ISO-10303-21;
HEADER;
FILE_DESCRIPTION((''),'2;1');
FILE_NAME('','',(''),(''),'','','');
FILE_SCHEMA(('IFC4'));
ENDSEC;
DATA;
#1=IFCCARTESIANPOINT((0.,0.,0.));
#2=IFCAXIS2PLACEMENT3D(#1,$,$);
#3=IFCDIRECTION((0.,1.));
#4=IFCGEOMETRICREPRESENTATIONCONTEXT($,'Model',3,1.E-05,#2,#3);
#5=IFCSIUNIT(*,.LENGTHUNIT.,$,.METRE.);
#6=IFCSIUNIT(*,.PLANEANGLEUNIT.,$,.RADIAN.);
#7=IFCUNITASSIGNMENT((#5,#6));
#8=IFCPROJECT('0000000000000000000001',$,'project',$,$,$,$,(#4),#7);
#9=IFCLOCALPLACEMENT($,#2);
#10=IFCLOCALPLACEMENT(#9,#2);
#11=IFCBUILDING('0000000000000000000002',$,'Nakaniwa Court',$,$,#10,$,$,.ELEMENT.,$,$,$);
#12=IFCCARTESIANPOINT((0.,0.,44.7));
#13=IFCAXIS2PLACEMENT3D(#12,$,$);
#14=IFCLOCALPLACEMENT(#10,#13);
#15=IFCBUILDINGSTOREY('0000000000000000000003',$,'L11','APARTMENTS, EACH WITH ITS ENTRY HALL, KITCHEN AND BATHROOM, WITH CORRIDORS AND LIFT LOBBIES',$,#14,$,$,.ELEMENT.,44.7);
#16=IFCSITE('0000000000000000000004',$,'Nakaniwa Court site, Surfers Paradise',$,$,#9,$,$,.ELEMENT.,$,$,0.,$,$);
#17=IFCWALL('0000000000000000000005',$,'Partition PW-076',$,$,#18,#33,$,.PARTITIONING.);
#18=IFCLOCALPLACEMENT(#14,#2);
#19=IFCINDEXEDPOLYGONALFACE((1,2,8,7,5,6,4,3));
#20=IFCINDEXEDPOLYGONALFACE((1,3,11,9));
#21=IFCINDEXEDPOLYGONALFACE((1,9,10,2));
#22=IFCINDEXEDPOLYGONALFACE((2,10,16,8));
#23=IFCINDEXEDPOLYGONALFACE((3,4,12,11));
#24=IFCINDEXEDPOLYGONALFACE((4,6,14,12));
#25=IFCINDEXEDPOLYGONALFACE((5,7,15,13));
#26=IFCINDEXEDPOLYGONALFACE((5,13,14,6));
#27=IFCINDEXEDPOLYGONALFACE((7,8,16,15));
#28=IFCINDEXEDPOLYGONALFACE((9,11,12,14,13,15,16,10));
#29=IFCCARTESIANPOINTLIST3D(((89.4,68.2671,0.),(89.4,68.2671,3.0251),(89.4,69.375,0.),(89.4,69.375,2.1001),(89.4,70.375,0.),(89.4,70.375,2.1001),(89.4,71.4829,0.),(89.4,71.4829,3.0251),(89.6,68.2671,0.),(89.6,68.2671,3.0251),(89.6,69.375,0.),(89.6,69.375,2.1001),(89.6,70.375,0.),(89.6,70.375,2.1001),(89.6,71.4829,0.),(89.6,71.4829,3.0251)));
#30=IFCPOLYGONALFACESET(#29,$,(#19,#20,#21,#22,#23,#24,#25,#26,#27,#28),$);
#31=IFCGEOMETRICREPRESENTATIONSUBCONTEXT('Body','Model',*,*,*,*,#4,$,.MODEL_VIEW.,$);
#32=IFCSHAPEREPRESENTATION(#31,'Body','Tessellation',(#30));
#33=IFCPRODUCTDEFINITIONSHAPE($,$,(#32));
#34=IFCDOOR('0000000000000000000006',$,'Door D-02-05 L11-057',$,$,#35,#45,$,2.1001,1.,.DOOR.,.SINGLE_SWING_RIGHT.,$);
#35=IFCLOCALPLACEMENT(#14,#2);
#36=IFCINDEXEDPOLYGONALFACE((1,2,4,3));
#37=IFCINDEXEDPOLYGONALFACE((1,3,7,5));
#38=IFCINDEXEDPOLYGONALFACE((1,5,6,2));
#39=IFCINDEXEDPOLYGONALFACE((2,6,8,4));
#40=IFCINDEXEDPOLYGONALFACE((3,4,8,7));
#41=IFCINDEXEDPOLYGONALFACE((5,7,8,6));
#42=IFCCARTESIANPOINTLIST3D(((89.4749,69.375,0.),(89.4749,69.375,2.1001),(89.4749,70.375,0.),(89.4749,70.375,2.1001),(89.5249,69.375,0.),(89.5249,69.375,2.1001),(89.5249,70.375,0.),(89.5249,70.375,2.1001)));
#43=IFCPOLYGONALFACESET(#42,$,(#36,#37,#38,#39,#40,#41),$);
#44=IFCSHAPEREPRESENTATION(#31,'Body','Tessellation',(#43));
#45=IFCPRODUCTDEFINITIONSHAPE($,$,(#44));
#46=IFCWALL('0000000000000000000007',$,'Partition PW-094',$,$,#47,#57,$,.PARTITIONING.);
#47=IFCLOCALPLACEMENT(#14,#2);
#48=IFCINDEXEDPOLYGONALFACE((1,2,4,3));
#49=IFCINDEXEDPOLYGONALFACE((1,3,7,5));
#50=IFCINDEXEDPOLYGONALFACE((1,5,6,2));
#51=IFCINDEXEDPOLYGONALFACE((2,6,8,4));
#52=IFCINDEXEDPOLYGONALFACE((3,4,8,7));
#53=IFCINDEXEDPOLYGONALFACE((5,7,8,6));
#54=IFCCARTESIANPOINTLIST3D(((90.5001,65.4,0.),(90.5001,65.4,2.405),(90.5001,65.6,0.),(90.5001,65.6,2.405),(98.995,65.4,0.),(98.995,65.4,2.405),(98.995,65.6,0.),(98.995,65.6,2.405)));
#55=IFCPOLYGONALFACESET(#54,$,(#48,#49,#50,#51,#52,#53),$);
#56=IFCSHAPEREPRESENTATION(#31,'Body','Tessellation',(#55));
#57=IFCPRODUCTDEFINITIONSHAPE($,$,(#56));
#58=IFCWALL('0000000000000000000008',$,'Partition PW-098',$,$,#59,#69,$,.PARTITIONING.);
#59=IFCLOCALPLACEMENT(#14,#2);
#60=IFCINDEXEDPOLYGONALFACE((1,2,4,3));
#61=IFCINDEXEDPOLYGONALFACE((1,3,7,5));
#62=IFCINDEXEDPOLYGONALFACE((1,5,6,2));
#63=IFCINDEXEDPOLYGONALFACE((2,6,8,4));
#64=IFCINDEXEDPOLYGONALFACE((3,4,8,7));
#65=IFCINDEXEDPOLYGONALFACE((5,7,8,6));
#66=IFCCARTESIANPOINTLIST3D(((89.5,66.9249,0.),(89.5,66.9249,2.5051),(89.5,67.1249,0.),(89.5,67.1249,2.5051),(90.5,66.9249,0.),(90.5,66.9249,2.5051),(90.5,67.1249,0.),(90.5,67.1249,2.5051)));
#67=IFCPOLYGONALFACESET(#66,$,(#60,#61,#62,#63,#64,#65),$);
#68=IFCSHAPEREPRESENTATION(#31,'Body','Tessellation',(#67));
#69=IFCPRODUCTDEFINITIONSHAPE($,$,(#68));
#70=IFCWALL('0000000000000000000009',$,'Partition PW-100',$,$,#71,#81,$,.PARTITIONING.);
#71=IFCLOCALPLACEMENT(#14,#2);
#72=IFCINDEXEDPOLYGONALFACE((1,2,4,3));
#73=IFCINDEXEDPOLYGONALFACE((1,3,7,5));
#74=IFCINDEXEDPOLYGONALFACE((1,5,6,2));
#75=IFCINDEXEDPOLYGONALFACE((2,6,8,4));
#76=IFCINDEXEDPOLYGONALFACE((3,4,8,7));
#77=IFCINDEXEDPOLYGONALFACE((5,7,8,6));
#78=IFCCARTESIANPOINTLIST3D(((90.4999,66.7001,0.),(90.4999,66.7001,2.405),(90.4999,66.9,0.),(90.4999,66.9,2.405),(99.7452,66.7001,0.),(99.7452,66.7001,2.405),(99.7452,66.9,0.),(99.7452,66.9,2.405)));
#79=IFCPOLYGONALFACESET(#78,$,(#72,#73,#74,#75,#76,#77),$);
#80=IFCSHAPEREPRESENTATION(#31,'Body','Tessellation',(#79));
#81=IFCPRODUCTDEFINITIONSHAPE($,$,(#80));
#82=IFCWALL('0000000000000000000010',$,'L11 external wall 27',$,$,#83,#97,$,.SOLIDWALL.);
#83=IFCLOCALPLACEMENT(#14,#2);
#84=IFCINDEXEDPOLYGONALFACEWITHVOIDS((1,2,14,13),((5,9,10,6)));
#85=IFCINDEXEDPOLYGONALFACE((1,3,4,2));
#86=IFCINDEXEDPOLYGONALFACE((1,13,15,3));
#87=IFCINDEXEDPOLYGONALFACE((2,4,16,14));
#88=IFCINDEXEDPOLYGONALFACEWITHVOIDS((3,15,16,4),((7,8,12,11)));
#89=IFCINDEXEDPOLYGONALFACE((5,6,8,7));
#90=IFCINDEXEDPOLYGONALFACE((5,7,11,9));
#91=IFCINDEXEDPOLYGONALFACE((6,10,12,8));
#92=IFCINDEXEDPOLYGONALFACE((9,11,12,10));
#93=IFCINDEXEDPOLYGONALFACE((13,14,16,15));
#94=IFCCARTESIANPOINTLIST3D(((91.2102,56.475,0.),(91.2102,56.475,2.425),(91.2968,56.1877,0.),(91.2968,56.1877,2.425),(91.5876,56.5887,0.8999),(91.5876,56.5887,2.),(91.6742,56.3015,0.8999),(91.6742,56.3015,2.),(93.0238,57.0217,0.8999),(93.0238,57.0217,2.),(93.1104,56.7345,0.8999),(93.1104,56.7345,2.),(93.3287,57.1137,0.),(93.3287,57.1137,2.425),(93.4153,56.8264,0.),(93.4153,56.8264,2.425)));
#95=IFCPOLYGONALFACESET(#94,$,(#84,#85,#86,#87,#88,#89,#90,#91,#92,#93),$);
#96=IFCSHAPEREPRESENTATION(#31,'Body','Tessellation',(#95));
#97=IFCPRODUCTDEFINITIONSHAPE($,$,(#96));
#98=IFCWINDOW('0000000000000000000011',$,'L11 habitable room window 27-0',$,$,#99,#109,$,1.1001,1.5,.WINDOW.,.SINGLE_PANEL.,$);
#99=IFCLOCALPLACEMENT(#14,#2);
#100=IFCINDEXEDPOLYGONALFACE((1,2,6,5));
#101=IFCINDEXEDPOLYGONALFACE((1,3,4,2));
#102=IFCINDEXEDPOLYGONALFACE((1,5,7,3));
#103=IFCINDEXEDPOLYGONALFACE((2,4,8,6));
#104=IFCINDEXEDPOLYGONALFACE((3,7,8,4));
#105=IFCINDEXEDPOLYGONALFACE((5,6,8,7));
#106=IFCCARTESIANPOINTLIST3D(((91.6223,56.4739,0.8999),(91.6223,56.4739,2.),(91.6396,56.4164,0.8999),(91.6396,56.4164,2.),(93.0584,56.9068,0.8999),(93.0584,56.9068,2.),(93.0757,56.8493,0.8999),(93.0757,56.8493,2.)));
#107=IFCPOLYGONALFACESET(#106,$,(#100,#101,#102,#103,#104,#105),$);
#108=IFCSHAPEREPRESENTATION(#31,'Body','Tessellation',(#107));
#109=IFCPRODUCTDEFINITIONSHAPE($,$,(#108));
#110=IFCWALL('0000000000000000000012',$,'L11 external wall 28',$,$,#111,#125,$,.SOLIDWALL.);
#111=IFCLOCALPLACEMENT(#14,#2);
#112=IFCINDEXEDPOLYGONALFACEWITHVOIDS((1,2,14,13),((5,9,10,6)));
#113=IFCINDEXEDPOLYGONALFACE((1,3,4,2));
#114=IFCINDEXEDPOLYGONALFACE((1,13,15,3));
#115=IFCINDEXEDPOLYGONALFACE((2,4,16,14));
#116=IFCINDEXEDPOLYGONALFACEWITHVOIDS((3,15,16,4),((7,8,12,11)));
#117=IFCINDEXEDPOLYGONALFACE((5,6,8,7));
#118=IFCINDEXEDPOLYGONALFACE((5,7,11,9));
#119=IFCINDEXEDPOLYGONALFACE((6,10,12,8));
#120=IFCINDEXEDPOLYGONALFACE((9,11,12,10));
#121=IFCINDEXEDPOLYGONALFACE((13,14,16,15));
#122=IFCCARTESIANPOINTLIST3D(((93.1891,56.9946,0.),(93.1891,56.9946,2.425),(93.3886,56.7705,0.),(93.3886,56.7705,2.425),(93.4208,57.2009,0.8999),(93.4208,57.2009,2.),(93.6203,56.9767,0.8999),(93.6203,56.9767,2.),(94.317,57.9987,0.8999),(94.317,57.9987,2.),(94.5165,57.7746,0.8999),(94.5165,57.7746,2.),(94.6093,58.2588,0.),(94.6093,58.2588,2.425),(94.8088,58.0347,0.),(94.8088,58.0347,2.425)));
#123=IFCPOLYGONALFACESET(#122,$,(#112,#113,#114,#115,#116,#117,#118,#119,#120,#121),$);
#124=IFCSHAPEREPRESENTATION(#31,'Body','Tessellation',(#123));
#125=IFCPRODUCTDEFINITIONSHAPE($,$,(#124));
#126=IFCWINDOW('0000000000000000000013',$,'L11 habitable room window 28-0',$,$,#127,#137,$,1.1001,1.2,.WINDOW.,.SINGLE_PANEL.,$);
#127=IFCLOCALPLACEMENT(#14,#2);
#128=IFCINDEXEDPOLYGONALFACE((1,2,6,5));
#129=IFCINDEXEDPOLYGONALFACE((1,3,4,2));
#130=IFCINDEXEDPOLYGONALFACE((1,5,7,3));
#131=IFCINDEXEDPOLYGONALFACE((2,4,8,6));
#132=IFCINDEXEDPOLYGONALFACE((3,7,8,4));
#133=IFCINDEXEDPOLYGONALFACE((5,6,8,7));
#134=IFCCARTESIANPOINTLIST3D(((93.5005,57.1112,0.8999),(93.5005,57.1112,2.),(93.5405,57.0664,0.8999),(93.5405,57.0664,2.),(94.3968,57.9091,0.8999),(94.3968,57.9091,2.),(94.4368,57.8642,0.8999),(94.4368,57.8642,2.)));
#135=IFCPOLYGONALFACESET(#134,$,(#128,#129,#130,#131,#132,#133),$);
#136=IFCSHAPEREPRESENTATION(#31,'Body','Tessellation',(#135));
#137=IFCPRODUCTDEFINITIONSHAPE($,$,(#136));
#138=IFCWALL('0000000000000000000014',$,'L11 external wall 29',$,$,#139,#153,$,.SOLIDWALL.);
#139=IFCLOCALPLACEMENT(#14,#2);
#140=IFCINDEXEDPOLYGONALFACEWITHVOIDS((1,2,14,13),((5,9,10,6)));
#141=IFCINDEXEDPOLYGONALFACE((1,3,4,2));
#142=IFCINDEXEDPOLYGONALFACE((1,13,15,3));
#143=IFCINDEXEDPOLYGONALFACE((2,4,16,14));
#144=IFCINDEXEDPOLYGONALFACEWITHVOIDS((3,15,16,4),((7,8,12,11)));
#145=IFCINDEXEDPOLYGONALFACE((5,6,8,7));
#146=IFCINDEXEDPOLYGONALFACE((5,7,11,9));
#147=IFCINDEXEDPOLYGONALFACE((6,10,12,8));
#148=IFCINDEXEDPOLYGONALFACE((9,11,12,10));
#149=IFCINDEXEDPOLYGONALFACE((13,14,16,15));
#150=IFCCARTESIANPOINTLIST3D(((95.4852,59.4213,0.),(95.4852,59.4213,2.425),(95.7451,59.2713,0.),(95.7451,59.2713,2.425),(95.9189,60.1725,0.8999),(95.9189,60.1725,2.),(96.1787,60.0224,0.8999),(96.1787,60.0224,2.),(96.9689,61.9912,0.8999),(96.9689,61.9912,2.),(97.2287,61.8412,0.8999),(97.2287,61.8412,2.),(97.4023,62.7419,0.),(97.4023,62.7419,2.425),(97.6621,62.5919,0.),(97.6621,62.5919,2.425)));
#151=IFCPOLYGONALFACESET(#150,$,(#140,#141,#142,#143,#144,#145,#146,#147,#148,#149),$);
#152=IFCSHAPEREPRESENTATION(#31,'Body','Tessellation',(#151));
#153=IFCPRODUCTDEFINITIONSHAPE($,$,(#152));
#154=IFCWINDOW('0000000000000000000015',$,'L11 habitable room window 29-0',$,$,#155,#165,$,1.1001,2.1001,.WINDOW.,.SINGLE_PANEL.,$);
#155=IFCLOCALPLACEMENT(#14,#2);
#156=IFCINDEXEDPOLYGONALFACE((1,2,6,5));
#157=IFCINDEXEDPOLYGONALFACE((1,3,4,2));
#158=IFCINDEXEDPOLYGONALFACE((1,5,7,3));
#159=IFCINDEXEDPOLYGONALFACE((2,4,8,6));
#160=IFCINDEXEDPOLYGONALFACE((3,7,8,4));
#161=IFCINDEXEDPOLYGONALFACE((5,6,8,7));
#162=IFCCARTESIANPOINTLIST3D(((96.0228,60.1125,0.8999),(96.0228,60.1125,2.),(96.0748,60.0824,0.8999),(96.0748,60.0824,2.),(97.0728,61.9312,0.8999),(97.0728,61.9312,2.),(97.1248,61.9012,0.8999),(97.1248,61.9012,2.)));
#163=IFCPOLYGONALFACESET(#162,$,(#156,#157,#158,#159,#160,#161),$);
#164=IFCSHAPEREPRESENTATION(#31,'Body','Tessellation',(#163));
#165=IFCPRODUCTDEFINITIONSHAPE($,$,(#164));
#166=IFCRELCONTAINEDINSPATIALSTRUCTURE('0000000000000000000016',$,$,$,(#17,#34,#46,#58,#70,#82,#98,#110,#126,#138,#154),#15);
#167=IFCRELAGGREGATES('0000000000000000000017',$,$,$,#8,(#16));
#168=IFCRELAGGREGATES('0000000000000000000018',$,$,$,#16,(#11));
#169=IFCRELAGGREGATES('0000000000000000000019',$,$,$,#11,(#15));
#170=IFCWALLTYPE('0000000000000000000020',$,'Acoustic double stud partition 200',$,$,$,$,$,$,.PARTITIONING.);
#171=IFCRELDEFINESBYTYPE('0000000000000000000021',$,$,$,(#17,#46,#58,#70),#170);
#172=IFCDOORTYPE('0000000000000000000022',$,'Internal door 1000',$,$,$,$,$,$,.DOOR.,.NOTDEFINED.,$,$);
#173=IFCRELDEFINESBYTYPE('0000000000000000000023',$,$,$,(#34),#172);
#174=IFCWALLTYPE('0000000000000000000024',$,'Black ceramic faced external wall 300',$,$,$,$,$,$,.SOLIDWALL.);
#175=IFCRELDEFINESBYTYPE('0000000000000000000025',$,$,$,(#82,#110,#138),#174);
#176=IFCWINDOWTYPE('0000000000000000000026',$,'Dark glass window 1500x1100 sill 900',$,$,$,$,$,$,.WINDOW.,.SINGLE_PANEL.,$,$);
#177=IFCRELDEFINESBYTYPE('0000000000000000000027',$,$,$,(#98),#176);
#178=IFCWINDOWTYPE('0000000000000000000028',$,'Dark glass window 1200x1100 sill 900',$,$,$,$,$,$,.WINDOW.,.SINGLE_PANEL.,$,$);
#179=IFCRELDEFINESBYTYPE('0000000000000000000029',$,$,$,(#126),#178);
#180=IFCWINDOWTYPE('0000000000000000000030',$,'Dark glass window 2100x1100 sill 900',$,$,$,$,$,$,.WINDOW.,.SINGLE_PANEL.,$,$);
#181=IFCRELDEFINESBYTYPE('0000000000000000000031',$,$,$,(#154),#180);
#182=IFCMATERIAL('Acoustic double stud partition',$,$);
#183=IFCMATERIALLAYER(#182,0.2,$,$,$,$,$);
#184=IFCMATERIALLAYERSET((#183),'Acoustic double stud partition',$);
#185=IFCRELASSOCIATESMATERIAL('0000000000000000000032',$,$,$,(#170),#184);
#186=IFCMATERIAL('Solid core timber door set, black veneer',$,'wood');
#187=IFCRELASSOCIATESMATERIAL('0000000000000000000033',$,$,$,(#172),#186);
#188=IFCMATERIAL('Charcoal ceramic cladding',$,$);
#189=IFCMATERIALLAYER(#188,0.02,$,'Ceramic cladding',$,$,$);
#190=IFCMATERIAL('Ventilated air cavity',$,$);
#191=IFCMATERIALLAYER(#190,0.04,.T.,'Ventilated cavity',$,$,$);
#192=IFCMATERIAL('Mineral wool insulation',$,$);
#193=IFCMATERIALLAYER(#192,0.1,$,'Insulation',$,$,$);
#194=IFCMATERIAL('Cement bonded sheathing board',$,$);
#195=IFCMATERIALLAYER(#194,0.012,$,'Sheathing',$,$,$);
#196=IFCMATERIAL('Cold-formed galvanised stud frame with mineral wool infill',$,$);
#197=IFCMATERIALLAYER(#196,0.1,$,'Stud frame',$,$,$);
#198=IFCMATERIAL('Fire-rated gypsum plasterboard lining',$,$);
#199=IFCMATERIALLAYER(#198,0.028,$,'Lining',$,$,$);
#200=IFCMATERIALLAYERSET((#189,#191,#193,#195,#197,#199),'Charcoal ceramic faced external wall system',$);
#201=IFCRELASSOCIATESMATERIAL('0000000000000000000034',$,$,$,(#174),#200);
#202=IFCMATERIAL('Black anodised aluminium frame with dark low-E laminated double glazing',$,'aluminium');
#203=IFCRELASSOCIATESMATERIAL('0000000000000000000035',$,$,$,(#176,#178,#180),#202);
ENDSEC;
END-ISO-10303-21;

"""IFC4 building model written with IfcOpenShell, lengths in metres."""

from ifc_helpers import new_model, si_unit, direction, frame, frame_2d, origin, place, context, subcontext, project, spatial, rectangle, extrude, material, layer, layer_set, type_object, element, fill, save


model = new_model("IFC4")

# Units and contexts
model_context = context("Model", 3, precision=1e-05, world=origin(), true_north=direction((0.0, 1.0)))
body_context = subcontext(model_context, "Body", "Model", "MODEL_VIEW")
ifc_project = project(units=[si_unit("LENGTHUNIT", "METRE"), si_unit("PLANEANGLEUNIT", "RADIAN")], contexts=[model_context])

# Site, building, storey
site_placement = place(None, origin())
site = spatial("IfcSite", under=ifc_project, at=site_placement, Name="Nakaniwa Court site, Surfers Paradise", CompositionType="ELEMENT", RefElevation=0.0)
building_placement = place(site_placement, origin())
building = spatial("IfcBuilding", under=site, at=building_placement, Name="Nakaniwa Court", CompositionType="ELEMENT")
storey_placement = place(building_placement, frame((0.0, 0.0, 44.7)))
storey = spatial("IfcBuildingStorey", under=building, at=storey_placement, Name="L11", Description="APARTMENTS, EACH WITH ITS ENTRY HALL, KITCHEN AND BATHROOM, WITH CORRIDORS AND LIFT LOBBIES", CompositionType="ELEMENT", Elevation=44.7)

# Wall, opening, door
ifc_material_1 = material(Name="Acoustic double stud partition")
ifc_layer_1 = layer(ifc_material_1, 0.2)
ifc_layer_set_1 = layer_set([ifc_layer_1], Name="Acoustic double stud partition")
wall_type_1 = type_object("IfcWallType", Name="Acoustic double stud partition 200", PredefinedType="PARTITIONING", material=ifc_layer_set_1)
wall_1_placement = place(storey_placement, frame((89.5, 71.4829, 0.0), z_axis=(0.0, 0.0, 1.0), x_axis=(0.0, -1.0, 0.0)))
wall_1 = element("IfcWall", 1, at=wall_1_placement, inside=storey, type_object=wall_type_1, Name="Partition PW-076", PredefinedType="PARTITIONING", context=body_context, shape_type="SweptSolid", body=[
    extrude(rectangle(XDim=3.2158, YDim=0.2, at=frame_2d((1.6079, 0.0))), origin(), (0.0, 0.0, 1.0), 3.0251),
])
opening_1_placement = place(wall_1_placement, frame((1.1079, 0.0, 0.0)))
opening_1 = element("IfcOpeningElement", 2, at=opening_1_placement, cuts=wall_1, PredefinedType="OPENING", context=body_context, shape_type="SweptSolid", body=[
    extrude(rectangle(XDim=1.0, YDim=2.1001, at=frame_2d((0.5, 1.05))), frame((0.0, 0.1099, 0.0), z_axis=(0.0, -1.0, 0.0), x_axis=(1.0, 0.0, 0.0)), (0.0, 0.0, 1.0), 0.22),
])
ifc_material_2 = material(Name="Solid core timber door set, black veneer", Category="wood")
door_type = type_object("IfcDoorType", Name="Internal door 1000", OperationType="NOTDEFINED", PredefinedType="DOOR", material=ifc_material_2)
door_placement = place(opening_1_placement, origin())
door = element("IfcDoor", 3, at=door_placement, inside=storey, type_object=door_type, Name="Door D-02-05 L11-057", OperationType="SINGLE_SWING_RIGHT", OverallHeight=2.1001, OverallWidth=1.0, PredefinedType="DOOR", context=body_context, shape_type="SweptSolid", body=[
    extrude(rectangle(XDim=1.0, YDim=2.1001, at=frame_2d((0.5, 1.05))), frame((0.0, 0.0249, 0.0), z_axis=(0.0, -1.0, 0.0), x_axis=(1.0, 0.0, 0.0)), (0.0, 0.0, 1.0), 0.05),
])
fill(opening_1, door)

# Walls
wall_2_placement = place(storey_placement, frame((90.5, 65.5, 0.0), z_axis=(0.0, 0.0, 1.0), x_axis=(1.0, 0.0, 0.0)))
element("IfcWall", 4, at=wall_2_placement, inside=storey, type_object=wall_type_1, Name="Partition PW-094", PredefinedType="PARTITIONING", context=body_context, shape_type="SweptSolid", body=[
    extrude(rectangle(XDim=8.4949, YDim=0.2, at=frame_2d((4.2476, 0.0))), origin(), (0.0, 0.0, 1.0), 2.405),
])
wall_3_placement = place(storey_placement, frame((89.5, 67.0249, 0.0), z_axis=(0.0, 0.0, 1.0), x_axis=(1.0, 0.0, 0.0)))
element("IfcWall", 5, at=wall_3_placement, inside=storey, type_object=wall_type_1, Name="Partition PW-098", PredefinedType="PARTITIONING", context=body_context, shape_type="SweptSolid", body=[
    extrude(rectangle(XDim=1.0, YDim=0.2, at=frame_2d((0.5, 0.0))), origin(), (0.0, 0.0, 1.0), 2.5051),
])
wall_4_placement = place(storey_placement, frame((90.5, 66.8, 0.0), z_axis=(0.0, 0.0, 1.0), x_axis=(1.0, 0.0, 0.0)))
element("IfcWall", 6, at=wall_4_placement, inside=storey, type_object=wall_type_1, Name="Partition PW-100", PredefinedType="PARTITIONING", context=body_context, shape_type="SweptSolid", body=[
    extrude(rectangle(XDim=9.2454, YDim=0.2, at=frame_2d((4.6226, 0.0))), origin(), (0.0, 0.0, 1.0), 2.405),
])

# Walls, openings, windows
ifc_material_3 = material(Name="Charcoal ceramic cladding")
ifc_layer_2 = layer(ifc_material_3, 0.02, Name="Ceramic cladding")
ifc_material_4 = material(Name="Ventilated air cavity")
ifc_layer_3 = layer(ifc_material_4, 0.04, ventilated=True, Name="Ventilated cavity")
ifc_material_5 = material(Name="Mineral wool insulation")
ifc_layer_4 = layer(ifc_material_5, 0.1, Name="Insulation")
ifc_material_6 = material(Name="Cement bonded sheathing board")
ifc_layer_5 = layer(ifc_material_6, 0.012, Name="Sheathing")
ifc_material_7 = material(Name="Cold-formed galvanised stud frame with mineral wool infill")
ifc_layer_6 = layer(ifc_material_7, 0.1, Name="Stud frame")
ifc_material_8 = material(Name="Fire-rated gypsum plasterboard lining")
ifc_layer_7 = layer(ifc_material_8, 0.028, Name="Lining")
ifc_layer_set_2 = layer_set([ifc_layer_2, ifc_layer_3, ifc_layer_4, ifc_layer_5, ifc_layer_6, ifc_layer_7], Name="Charcoal ceramic faced external wall system")
wall_type_2 = type_object("IfcWallType", Name="Black ceramic faced external wall 300", PredefinedType="SOLIDWALL", material=ifc_layer_set_2)
wall_5_placement = place(storey_placement, frame((91.2534, 56.3313, 0.0), z_axis=(0.0, 0.0, 1.0), x_axis=(0.957434, 0.288653, 0.0)))
wall_5 = element("IfcWall", 7, at=wall_5_placement, inside=storey, type_object=wall_type_2, Name="L11 external wall 27", PredefinedType="SOLIDWALL", context=body_context, shape_type="SweptSolid", body=[
    extrude(rectangle(XDim=2.2126, YDim=0.3, at=frame_2d((1.1064, 0.0))), origin(), (0.0, 0.0, 1.0), 2.425),
])
opening_2_placement = place(wall_5_placement, frame((0.3943, 0.0, 0.8999)))
opening_2 = element("IfcOpeningElement", 8, at=opening_2_placement, cuts=wall_5, PredefinedType="OPENING", context=body_context, shape_type="SweptSolid", body=[
    extrude(rectangle(XDim=1.5, YDim=1.1001, at=frame_2d((0.75, 0.55))), frame((0.0, 0.1599, 0.0), z_axis=(0.0, -1.0, 0.0), x_axis=(1.0, 0.0, 0.0)), (0.0, 0.0, 1.0), 0.3201),
])
ifc_material_9 = material(Name="Black anodised aluminium frame with dark low-E laminated double glazing", Category="aluminium")
window_type_1 = type_object("IfcWindowType", Name="Dark glass window 1500x1100 sill 900", PartitioningType="SINGLE_PANEL", PredefinedType="WINDOW", material=ifc_material_9)
window_1_placement = place(opening_2_placement, origin())
window_1 = element("IfcWindow", 9, at=window_1_placement, inside=storey, type_object=window_type_1, Name="L11 habitable room window 27-0", OverallHeight=1.1001, OverallWidth=1.5, PartitioningType="SINGLE_PANEL", PredefinedType="WINDOW", context=body_context, shape_type="SweptSolid", body=[
    extrude(rectangle(XDim=1.5, YDim=1.1001, at=frame_2d((0.75, 0.55))), frame((0.0, 0.03, 0.0), z_axis=(0.0, -1.0, 0.0), x_axis=(1.0, 0.0, 0.0)), (0.0, 0.0, 1.0), 0.0601),
])
fill(opening_2, window_1)
wall_6_placement = place(storey_placement, frame((93.2888, 56.8826, 0.0), z_axis=(0.0, 0.0, 1.0), x_axis=(0.746942, 0.66489, 0.0)))
wall_6 = element("IfcWall", 10, at=wall_6_placement, inside=storey, type_object=wall_type_2, Name="L11 external wall 28", PredefinedType="SOLIDWALL", context=body_context, shape_type="SweptSolid", body=[
    extrude(rectangle(XDim=1.9014, YDim=0.3, at=frame_2d((0.9507, 0.0))), origin(), (0.0, 0.0, 1.0), 2.425),
])
opening_3_placement = place(wall_6_placement, frame((0.3101, 0.0, 0.8999)))
opening_3 = element("IfcOpeningElement", 11, at=opening_3_placement, cuts=wall_6, PredefinedType="OPENING", context=body_context, shape_type="SweptSolid", body=[
    extrude(rectangle(XDim=1.2, YDim=1.1001, at=frame_2d((0.6001, 0.55))), frame((0.0, 0.1599, 0.0), z_axis=(0.0, -1.0, 0.0), x_axis=(1.0, 0.0, 0.0)), (0.0, 0.0, 1.0), 0.3201),
])
window_type_2 = type_object("IfcWindowType", Name="Dark glass window 1200x1100 sill 900", PartitioningType="SINGLE_PANEL", PredefinedType="WINDOW", material=ifc_material_9)
window_2_placement = place(opening_3_placement, origin())
window_2 = element("IfcWindow", 12, at=window_2_placement, inside=storey, type_object=window_type_2, Name="L11 habitable room window 28-0", OverallHeight=1.1001, OverallWidth=1.2, PartitioningType="SINGLE_PANEL", PredefinedType="WINDOW", context=body_context, shape_type="SweptSolid", body=[
    extrude(rectangle(XDim=1.2, YDim=1.1001, at=frame_2d((0.6001, 0.55))), frame((0.0, 0.03, 0.0), z_axis=(0.0, -1.0, 0.0), x_axis=(1.0, 0.0, 0.0)), (0.0, 0.0, 1.0), 0.0601),
])
fill(opening_3, window_2)
wall_7_placement = place(storey_placement, frame((95.6152, 59.3464, 0.0), z_axis=(0.0, 0.0, 1.0), x_axis=(0.499974, 0.86604, 0.0)))
wall_7 = element("IfcWall", 13, at=wall_7_placement, inside=storey, type_object=wall_type_2, Name="L11 external wall 29", PredefinedType="SOLIDWALL", context=body_context, shape_type="SweptSolid", body=[
    extrude(rectangle(XDim=3.8342, YDim=0.3, at=frame_2d((1.917, 0.0))), origin(), (0.0, 0.0, 1.0), 2.425),
])
opening_4_placement = place(wall_7_placement, frame((0.8672, 0.0, 0.8999)))
opening_4 = element("IfcOpeningElement", 14, at=opening_4_placement, cuts=wall_7, PredefinedType="OPENING", context=body_context, shape_type="SweptSolid", body=[
    extrude(rectangle(XDim=2.1001, YDim=1.1001, at=frame_2d((1.05, 0.55))), frame((0.0, 0.1599, 0.0), z_axis=(0.0, -1.0, 0.0), x_axis=(1.0, 0.0, 0.0)), (0.0, 0.0, 1.0), 0.3201),
])
window_type_3 = type_object("IfcWindowType", Name="Dark glass window 2100x1100 sill 900", PartitioningType="SINGLE_PANEL", PredefinedType="WINDOW", material=ifc_material_9)
window_3_placement = place(opening_4_placement, origin())
window_3 = element("IfcWindow", 15, at=window_3_placement, inside=storey, type_object=window_type_3, Name="L11 habitable room window 29-0", OverallHeight=1.1001, OverallWidth=2.1001, PartitioningType="SINGLE_PANEL", PredefinedType="WINDOW", context=body_context, shape_type="SweptSolid", body=[
    extrude(rectangle(XDim=2.1001, YDim=1.1001, at=frame_2d((1.05, 0.55))), frame((0.0, 0.03, 0.0), z_axis=(0.0, -1.0, 0.0), x_axis=(1.0, 0.0, 0.0)), (0.0, 0.0, 1.0), 0.0601),
])
fill(opening_4, window_3)

save(model, "model.ifc")
